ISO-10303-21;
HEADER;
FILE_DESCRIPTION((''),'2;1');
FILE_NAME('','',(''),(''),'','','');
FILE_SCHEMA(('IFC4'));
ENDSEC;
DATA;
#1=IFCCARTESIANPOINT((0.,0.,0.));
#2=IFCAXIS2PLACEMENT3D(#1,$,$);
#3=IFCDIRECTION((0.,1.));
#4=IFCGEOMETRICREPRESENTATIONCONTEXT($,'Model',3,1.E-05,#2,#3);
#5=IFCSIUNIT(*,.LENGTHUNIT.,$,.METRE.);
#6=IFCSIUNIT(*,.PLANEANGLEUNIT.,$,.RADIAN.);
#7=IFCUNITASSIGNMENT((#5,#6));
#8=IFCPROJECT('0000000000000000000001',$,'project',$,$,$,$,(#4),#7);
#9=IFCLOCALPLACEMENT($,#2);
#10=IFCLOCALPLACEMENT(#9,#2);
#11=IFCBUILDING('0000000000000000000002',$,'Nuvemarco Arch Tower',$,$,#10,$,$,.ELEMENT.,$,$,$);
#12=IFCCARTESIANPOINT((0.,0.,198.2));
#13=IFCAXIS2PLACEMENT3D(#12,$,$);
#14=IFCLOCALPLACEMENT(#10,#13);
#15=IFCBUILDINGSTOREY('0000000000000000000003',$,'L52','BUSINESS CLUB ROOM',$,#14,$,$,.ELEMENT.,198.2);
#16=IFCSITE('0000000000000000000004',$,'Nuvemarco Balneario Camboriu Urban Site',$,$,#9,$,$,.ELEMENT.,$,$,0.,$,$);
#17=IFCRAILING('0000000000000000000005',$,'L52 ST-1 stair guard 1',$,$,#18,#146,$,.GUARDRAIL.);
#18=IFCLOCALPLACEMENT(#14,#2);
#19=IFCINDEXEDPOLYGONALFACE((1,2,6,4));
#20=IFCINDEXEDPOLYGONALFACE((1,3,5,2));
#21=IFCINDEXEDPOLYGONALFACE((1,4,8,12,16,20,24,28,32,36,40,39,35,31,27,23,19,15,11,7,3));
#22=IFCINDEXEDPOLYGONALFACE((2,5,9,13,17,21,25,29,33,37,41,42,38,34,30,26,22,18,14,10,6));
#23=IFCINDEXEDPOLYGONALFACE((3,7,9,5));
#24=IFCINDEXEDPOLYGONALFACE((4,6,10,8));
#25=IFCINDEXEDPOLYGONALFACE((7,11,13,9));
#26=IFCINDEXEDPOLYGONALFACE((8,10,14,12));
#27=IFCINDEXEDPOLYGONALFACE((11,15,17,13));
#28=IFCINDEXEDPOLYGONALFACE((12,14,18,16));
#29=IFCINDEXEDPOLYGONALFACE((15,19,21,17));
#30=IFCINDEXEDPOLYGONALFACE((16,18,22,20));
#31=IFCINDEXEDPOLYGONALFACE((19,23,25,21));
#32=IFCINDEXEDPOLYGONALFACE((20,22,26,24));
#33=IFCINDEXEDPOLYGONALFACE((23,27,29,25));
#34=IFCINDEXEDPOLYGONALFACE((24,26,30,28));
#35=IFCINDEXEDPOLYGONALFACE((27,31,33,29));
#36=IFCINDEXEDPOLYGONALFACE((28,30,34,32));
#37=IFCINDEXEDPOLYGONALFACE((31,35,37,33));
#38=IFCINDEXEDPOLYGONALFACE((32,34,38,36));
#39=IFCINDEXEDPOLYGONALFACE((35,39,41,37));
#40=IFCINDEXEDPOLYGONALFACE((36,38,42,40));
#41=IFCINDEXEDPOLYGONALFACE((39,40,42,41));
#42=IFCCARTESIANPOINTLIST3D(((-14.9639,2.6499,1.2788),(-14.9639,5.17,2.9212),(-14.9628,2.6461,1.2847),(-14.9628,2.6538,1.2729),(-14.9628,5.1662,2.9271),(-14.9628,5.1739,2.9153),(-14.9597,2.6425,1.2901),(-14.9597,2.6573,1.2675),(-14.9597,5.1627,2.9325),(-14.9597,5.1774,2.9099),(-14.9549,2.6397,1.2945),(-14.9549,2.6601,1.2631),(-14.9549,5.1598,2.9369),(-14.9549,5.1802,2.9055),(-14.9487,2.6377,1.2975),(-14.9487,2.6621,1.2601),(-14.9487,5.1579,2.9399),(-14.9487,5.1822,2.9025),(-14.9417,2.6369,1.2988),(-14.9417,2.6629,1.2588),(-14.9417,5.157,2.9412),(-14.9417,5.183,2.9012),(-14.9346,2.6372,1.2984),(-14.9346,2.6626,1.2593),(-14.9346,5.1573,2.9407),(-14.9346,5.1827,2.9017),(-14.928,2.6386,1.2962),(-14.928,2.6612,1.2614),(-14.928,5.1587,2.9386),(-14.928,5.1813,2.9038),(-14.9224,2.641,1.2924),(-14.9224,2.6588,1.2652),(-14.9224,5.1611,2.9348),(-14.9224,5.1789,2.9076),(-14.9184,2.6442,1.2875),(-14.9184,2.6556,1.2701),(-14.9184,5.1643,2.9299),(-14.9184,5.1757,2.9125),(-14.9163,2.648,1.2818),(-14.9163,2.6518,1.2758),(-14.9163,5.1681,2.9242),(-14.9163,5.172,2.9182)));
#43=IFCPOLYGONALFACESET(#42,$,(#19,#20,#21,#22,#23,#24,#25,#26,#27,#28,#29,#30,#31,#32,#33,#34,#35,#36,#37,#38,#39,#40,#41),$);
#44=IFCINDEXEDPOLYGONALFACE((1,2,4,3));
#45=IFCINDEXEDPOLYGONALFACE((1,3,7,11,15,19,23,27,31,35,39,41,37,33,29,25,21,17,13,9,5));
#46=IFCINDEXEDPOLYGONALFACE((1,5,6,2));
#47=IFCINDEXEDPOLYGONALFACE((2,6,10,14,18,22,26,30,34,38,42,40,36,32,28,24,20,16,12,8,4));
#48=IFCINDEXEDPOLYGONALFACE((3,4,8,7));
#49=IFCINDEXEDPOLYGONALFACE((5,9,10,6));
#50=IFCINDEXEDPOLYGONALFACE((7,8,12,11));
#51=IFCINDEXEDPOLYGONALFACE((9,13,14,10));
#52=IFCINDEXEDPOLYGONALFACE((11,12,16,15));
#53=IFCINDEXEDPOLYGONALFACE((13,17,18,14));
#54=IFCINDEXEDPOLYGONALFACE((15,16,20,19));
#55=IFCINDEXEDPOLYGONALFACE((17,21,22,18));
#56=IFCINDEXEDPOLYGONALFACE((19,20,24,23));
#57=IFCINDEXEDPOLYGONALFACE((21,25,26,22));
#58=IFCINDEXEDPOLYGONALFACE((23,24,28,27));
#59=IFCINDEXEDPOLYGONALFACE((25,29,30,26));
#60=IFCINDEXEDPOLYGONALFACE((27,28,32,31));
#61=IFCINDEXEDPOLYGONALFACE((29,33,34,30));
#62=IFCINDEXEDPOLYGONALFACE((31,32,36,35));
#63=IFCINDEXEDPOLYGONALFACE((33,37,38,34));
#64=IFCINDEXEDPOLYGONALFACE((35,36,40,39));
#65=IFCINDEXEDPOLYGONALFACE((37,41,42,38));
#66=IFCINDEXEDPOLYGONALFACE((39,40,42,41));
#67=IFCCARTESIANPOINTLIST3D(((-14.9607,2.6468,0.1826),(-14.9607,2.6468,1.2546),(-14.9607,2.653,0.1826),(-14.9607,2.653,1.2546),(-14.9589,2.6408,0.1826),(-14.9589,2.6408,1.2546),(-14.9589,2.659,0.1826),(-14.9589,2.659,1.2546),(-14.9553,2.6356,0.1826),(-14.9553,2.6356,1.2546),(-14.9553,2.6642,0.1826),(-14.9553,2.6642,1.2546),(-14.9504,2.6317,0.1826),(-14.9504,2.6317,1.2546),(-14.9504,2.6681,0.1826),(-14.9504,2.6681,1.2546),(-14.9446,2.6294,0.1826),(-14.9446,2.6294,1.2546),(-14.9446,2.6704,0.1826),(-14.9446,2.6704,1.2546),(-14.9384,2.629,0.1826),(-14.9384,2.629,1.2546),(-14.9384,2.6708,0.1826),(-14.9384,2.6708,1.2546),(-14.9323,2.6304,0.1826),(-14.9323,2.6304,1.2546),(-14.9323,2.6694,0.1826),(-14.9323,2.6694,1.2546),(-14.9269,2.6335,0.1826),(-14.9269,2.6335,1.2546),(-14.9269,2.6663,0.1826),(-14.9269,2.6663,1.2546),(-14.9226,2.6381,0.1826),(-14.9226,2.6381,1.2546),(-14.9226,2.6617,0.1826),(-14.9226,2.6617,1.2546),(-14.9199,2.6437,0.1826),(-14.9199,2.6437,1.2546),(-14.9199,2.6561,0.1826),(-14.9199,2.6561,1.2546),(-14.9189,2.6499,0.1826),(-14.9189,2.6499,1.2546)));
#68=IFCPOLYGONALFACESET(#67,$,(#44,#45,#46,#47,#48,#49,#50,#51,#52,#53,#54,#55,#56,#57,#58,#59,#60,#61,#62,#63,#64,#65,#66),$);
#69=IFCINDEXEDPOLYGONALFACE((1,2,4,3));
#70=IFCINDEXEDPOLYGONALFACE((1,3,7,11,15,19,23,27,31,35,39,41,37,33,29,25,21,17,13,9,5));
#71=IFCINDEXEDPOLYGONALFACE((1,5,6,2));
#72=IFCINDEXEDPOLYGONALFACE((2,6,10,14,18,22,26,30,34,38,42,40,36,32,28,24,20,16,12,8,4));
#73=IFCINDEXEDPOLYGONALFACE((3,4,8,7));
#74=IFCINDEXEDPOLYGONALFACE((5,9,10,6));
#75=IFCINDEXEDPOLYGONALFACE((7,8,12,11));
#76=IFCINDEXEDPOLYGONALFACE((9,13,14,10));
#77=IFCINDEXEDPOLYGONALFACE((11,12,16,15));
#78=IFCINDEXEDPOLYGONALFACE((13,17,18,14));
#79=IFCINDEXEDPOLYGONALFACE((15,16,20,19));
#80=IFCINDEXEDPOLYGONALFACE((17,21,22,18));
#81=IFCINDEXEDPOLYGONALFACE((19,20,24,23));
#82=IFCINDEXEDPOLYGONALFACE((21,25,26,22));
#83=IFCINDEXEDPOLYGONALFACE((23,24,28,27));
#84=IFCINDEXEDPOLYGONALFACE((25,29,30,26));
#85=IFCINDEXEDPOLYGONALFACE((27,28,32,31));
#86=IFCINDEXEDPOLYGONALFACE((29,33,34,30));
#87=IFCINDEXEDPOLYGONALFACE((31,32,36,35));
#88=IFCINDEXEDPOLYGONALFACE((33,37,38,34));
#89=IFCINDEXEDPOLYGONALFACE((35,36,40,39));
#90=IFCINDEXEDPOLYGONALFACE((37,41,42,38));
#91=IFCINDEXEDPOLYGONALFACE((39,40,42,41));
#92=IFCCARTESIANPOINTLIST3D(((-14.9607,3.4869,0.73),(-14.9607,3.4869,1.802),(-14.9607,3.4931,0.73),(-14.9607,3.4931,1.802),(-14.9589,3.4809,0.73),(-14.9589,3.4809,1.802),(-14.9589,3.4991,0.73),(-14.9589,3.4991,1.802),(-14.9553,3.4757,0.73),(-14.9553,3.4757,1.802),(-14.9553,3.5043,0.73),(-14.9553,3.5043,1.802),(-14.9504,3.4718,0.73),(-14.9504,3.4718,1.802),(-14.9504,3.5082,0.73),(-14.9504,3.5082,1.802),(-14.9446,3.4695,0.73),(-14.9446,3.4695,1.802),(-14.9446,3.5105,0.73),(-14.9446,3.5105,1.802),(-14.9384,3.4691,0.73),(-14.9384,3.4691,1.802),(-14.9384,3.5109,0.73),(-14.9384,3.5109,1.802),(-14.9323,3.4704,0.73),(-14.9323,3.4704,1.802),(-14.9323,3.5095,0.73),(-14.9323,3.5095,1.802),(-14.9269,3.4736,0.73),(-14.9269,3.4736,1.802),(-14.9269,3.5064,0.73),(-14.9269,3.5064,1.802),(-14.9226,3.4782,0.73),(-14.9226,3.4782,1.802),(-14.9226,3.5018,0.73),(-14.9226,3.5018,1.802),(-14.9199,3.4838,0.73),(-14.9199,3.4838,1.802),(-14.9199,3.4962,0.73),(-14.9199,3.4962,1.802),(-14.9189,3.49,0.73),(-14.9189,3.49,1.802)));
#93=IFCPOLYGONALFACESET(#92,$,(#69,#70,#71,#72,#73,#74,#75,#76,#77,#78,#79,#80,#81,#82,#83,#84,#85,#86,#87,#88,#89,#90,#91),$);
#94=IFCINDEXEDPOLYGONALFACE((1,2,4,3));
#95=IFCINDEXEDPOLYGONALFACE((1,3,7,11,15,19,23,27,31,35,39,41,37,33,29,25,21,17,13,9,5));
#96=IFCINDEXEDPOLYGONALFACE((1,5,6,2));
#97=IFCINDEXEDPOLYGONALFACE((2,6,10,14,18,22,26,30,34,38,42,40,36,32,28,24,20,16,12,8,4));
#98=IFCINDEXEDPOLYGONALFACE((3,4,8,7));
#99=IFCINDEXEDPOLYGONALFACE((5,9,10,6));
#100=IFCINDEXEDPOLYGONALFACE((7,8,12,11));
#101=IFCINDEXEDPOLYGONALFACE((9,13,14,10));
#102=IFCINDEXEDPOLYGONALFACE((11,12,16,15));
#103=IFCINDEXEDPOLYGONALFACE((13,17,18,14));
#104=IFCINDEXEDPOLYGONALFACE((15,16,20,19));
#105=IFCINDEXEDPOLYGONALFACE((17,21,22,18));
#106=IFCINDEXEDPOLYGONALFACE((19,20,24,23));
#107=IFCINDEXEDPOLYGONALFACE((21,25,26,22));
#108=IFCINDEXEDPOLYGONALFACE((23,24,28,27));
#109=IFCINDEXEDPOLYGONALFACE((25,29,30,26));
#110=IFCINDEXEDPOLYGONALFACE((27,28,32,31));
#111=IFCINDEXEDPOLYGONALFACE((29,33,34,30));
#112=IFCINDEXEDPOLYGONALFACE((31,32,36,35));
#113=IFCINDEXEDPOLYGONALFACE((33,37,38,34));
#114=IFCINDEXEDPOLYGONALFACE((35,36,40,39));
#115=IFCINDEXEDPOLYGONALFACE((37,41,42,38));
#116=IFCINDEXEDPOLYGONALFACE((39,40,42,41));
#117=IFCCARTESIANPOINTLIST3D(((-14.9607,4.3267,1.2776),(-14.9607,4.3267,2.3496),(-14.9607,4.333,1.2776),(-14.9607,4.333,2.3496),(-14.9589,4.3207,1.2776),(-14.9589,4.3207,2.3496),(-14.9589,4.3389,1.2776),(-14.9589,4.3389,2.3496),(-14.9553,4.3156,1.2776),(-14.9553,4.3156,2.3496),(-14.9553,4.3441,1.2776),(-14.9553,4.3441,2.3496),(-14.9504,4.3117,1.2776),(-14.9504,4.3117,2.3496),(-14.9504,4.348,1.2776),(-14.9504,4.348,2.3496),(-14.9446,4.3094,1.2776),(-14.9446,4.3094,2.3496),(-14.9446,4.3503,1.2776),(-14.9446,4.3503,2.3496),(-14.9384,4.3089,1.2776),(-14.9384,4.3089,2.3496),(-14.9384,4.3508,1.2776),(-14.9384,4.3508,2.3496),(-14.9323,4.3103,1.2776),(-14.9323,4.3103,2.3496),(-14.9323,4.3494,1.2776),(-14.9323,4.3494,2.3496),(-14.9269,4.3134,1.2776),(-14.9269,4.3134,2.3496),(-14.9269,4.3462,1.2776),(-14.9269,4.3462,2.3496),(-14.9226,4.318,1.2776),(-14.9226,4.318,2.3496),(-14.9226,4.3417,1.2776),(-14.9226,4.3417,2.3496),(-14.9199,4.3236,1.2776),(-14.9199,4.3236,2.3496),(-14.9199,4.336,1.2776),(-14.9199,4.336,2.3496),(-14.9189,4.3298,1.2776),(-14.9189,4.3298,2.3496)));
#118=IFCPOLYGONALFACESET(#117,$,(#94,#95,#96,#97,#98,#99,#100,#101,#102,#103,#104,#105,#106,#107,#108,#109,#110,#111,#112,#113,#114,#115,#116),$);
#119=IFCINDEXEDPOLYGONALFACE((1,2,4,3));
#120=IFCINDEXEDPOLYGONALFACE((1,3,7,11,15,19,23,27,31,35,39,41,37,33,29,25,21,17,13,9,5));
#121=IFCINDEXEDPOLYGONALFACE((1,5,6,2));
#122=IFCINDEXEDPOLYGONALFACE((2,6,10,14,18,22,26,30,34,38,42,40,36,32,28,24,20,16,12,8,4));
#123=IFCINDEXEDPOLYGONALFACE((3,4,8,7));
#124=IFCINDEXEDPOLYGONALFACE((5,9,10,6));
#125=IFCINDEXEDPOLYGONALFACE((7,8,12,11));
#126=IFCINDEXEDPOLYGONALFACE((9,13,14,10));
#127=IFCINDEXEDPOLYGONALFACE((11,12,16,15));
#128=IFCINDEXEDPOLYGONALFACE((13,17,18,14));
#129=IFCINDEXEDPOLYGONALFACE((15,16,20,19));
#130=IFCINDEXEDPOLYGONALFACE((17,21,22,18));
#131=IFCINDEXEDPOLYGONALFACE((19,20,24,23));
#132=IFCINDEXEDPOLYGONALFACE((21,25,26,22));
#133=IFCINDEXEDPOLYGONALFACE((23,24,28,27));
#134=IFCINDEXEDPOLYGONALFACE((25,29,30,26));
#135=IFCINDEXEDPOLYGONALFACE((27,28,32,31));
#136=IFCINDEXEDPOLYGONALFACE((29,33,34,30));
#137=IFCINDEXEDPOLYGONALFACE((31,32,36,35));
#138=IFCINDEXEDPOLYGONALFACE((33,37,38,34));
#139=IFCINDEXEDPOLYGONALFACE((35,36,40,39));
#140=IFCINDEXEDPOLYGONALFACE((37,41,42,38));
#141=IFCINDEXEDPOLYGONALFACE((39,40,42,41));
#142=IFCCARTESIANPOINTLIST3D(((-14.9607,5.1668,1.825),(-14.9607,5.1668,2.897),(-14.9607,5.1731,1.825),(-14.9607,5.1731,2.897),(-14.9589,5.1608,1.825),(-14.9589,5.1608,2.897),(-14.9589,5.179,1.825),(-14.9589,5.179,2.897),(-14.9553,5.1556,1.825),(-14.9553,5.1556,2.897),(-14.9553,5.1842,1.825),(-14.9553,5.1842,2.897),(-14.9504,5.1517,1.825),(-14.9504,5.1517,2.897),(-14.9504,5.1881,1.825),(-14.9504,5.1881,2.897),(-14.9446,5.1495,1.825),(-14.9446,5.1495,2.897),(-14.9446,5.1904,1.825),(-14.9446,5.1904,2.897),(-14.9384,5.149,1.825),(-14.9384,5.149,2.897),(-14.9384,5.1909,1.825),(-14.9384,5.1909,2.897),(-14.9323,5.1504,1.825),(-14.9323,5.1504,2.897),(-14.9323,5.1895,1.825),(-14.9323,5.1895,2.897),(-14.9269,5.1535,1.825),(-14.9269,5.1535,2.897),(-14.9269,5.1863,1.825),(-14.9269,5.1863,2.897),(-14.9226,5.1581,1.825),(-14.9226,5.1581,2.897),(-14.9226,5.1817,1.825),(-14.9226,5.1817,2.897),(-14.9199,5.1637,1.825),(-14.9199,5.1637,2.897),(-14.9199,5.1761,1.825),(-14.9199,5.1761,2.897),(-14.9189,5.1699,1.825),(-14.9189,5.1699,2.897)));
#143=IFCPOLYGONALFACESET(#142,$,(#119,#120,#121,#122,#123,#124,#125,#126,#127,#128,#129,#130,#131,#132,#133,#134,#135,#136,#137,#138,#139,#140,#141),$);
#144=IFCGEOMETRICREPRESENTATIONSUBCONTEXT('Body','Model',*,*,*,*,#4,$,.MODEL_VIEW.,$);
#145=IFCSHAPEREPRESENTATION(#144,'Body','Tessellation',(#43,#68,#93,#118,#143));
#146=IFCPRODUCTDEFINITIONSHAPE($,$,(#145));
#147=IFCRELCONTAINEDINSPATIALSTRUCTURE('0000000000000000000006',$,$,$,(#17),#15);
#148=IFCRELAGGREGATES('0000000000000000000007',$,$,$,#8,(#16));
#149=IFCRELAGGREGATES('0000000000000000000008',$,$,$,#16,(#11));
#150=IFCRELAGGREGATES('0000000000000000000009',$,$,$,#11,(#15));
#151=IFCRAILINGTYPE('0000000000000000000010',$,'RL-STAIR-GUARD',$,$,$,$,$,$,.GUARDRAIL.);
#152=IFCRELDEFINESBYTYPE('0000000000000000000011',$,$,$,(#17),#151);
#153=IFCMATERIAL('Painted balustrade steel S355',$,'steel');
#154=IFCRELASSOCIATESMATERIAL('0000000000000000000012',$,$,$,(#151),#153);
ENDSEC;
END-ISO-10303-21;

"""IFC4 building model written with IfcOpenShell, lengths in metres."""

from ifc_helpers import new_model, si_unit, direction, frame, origin, origin_2d, place, context, subcontext, project, spatial, circle, extrude, material, type_object, element, save


model = new_model("IFC4")

# Units and contexts
model_context = context("Model", 3, precision=1e-05, world=origin(), true_north=direction((0.0, 1.0)))
body_context = subcontext(model_context, "Body", "Model", "MODEL_VIEW")
ifc_project = project(units=[si_unit("LENGTHUNIT", "METRE"), si_unit("PLANEANGLEUNIT", "RADIAN")], contexts=[model_context])

# Site, building, storey
site_placement = place(None, origin())
site = spatial("IfcSite", under=ifc_project, at=site_placement, Name="Nuvemarco Balneario Camboriu Urban Site", CompositionType="ELEMENT", RefElevation=0.0)
building_placement = place(site_placement, origin())
building = spatial("IfcBuilding", under=site, at=building_placement, Name="Nuvemarco Arch Tower", CompositionType="ELEMENT")
storey_placement = place(building_placement, frame((0.0, 0.0, 198.2)))
storey = spatial("IfcBuildingStorey", under=building, at=storey_placement, Name="L52", Description="BUSINESS CLUB ROOM", CompositionType="ELEMENT", Elevation=198.2)

# Railing
ifc_material_1 = material(Name="Painted balustrade steel S355", Category="steel")
railing_type_1 = type_object("IfcRailingType", Name="RL-STAIR-GUARD", PredefinedType="GUARDRAIL", material=ifc_material_1)
railing_1_placement = place(storey_placement, frame((-14.9399, 2.6499, 0.1826)))
element("IfcRailing", 1, at=railing_1_placement, inside=storey, type_object=railing_type_1, Name="L52 ST-1 stair guard 1", PredefinedType="GUARDRAIL", context=body_context, shape_type="SweptSolid", body=[
    extrude(circle(Radius=0.0239, at=origin_2d()), frame((0.0, 0.0, 1.0962), z_axis=(0.0, 0.837787, 0.545998), x_axis=(-1.0, 0.0, 0.0)), (0.0, 0.0, 1.0), 3.0081),
    extrude(circle(Radius=0.021, at=origin_2d()), origin(), (0.0, 0.0, 1.0), 1.072),
    extrude(circle(Radius=0.021, at=origin_2d()), frame((0.0, 0.8401, 0.5474)), (0.0, 0.0, 1.0), 1.072),
    extrude(circle(Radius=0.021, at=origin_2d()), frame((0.0, 1.6799, 1.095)), (0.0, 0.0, 1.0), 1.072),
    extrude(circle(Radius=0.021, at=origin_2d()), frame((0.0, 2.52, 1.6423)), (0.0, 0.0, 1.0), 1.072),
])

save(model, "model.ifc")
